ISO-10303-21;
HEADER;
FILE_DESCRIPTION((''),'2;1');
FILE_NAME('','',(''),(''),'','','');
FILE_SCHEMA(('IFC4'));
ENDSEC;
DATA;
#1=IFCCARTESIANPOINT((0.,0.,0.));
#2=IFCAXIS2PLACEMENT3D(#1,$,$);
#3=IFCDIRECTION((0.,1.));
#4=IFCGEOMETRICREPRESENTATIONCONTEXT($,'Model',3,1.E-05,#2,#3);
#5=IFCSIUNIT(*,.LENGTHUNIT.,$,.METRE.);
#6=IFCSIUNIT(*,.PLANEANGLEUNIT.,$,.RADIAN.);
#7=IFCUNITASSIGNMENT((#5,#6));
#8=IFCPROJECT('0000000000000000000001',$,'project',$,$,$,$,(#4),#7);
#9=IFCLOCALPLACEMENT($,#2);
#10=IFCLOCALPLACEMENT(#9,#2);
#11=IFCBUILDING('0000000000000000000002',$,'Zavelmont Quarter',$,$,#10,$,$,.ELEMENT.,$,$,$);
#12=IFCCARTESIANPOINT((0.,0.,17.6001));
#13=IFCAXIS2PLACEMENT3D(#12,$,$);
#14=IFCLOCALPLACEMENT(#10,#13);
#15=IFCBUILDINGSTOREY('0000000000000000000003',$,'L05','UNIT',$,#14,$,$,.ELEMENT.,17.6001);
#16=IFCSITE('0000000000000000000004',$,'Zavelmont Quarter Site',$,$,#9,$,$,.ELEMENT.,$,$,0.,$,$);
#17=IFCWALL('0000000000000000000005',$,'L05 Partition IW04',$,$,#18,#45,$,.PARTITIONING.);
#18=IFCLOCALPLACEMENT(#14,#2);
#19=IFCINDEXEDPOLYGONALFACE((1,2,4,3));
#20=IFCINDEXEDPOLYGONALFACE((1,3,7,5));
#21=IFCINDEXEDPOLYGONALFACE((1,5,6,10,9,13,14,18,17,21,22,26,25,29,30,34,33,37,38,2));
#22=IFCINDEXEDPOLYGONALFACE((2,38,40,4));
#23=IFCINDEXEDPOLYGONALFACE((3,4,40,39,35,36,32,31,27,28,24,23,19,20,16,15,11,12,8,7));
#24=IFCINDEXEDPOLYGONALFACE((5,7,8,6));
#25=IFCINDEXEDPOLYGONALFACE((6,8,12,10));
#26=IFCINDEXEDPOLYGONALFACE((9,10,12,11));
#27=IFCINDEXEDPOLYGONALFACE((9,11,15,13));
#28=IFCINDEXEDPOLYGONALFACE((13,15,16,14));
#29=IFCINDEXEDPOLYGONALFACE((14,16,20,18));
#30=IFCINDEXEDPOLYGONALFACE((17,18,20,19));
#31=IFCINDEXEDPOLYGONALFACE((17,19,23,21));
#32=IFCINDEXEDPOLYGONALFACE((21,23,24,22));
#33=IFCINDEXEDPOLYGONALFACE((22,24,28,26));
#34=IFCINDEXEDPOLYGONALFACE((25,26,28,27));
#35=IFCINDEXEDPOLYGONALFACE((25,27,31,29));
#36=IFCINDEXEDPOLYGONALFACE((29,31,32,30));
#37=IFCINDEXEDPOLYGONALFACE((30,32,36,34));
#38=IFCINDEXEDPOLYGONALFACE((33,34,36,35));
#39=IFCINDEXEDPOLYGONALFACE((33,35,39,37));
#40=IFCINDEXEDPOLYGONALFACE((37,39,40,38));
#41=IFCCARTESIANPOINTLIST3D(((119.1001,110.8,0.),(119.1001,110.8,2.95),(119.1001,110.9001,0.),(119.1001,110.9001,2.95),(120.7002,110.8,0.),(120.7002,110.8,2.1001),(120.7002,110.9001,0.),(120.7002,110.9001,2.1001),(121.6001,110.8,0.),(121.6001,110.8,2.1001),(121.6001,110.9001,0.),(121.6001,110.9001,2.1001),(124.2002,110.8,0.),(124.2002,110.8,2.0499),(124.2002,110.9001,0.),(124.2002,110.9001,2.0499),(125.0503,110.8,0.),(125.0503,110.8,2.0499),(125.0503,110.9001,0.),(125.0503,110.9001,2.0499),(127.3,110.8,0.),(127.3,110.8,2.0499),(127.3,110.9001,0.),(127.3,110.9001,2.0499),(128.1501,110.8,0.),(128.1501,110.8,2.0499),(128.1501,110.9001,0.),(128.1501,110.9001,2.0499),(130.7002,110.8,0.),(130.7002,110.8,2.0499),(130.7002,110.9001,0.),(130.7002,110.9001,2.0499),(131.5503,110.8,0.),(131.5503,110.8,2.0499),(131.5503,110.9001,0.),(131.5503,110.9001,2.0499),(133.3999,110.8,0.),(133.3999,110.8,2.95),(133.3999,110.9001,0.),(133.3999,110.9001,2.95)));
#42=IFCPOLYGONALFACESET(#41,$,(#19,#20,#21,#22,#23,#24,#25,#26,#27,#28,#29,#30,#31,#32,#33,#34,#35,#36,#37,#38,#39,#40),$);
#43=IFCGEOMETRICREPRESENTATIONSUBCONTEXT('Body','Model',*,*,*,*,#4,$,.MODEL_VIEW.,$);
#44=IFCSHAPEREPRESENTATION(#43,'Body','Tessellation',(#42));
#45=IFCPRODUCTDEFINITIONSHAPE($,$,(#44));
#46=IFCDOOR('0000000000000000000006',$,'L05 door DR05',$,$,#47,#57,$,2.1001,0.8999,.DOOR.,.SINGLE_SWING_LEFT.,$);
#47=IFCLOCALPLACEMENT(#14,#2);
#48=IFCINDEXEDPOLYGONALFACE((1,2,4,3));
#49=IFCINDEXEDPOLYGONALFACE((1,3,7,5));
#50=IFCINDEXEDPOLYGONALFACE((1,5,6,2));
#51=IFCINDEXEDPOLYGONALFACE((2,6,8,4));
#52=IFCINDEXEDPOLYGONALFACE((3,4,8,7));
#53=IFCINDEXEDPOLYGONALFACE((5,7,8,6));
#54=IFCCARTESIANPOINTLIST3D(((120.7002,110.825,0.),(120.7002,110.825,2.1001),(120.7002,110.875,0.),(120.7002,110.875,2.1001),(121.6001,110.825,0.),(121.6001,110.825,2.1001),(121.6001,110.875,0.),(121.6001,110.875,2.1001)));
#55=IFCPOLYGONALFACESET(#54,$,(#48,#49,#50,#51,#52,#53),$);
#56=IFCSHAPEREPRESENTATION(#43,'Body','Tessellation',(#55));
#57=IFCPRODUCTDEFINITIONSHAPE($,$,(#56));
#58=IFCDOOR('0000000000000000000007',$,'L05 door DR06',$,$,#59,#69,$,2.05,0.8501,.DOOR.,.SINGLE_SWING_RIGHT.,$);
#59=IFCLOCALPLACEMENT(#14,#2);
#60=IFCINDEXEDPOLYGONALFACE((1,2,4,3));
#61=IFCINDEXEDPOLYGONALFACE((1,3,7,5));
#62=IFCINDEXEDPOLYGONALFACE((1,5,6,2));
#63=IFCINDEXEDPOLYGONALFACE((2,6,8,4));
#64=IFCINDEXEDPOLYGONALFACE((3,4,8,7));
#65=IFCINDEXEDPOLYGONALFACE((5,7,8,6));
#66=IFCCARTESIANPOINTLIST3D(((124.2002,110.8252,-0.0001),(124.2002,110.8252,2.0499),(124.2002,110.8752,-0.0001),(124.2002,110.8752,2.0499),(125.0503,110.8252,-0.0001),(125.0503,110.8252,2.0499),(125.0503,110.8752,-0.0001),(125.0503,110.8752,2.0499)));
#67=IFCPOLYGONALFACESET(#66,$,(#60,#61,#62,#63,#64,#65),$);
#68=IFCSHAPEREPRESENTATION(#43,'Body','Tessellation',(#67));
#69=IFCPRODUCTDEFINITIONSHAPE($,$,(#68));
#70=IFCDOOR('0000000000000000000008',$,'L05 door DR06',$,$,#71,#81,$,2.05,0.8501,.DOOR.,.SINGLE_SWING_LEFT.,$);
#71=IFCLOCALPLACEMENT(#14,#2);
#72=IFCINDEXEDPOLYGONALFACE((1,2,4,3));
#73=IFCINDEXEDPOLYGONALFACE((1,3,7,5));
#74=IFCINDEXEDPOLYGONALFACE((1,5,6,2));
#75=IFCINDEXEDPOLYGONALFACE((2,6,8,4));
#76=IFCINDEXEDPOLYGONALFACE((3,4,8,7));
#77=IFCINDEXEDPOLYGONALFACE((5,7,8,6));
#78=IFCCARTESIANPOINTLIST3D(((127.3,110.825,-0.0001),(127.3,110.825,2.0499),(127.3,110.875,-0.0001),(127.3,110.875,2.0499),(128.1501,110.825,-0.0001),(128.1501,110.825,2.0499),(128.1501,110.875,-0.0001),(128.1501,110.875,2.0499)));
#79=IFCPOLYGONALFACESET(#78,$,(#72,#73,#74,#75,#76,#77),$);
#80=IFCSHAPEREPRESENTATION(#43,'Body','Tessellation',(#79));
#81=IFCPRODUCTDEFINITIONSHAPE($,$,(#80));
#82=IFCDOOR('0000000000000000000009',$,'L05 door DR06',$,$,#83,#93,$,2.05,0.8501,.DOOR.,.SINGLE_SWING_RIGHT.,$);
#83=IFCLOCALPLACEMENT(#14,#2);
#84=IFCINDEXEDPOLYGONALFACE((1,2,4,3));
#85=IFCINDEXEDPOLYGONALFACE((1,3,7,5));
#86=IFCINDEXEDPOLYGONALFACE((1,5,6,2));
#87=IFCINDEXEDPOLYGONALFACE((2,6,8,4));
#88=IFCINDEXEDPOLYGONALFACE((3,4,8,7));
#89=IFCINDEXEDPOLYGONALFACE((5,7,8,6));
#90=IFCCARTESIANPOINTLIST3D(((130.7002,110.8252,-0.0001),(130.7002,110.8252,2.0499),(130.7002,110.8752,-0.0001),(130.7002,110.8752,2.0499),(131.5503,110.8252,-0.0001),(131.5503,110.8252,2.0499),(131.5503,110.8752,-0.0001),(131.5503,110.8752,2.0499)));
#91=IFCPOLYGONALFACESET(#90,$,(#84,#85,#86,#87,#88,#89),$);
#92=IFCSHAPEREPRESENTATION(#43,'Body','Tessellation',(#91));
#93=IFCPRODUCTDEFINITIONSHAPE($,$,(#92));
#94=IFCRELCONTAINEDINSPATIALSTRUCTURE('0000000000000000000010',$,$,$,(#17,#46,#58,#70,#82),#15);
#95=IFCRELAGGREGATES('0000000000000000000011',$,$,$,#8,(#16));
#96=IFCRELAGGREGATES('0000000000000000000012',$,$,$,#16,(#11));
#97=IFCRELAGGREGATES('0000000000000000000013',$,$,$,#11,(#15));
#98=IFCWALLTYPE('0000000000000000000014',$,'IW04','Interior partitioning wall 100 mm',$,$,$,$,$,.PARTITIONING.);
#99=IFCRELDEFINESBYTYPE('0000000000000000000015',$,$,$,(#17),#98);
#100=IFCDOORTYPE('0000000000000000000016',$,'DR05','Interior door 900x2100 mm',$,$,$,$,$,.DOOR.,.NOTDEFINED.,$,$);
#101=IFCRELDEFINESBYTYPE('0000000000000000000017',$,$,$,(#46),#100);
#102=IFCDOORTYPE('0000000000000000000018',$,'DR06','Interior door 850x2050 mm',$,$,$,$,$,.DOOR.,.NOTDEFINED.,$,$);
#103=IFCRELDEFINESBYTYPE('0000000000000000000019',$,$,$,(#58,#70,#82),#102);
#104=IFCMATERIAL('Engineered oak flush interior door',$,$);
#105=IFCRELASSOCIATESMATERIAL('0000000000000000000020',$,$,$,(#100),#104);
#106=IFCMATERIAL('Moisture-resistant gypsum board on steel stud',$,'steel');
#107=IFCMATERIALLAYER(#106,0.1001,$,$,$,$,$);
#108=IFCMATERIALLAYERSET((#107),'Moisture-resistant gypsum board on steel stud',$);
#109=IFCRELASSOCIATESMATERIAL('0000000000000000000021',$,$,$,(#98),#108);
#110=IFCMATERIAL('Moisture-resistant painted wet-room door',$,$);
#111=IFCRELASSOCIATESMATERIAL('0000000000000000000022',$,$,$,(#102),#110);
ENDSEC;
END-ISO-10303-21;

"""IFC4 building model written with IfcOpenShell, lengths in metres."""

from ifc_helpers import new_model, si_unit, direction, frame, frame_2d, origin, origin_with_axes, place, context, subcontext, project, spatial, rectangle, extrude, material, layer, layer_set, type_object, element, fill, save


model = new_model("IFC4")

# Units and contexts
model_context = context("Model", 3, precision=1e-05, world=origin(), true_north=direction((0.0, 1.0)))
body_context = subcontext(model_context, "Body", "Model", "MODEL_VIEW")
ifc_project = project(units=[si_unit("LENGTHUNIT", "METRE"), si_unit("PLANEANGLEUNIT", "RADIAN")], contexts=[model_context])

# Site, building, storey
site_placement = place(None, origin())
site = spatial("IfcSite", under=ifc_project, at=site_placement, Name="Zavelmont Quarter Site", CompositionType="ELEMENT", RefElevation=0.0)
building_placement = place(site_placement, origin())
building = spatial("IfcBuilding", under=site, at=building_placement, Name="Zavelmont Quarter", CompositionType="ELEMENT")
storey_placement = place(building_placement, frame((0.0, 0.0, 17.6001)))
storey = spatial("IfcBuildingStorey", under=building, at=storey_placement, Name="L05", Description="UNIT", CompositionType="ELEMENT", Elevation=17.6001)

# Wall, openings, doors
ifc_material_1 = material(Name="Engineered oak flush interior door")
door_type_1 = type_object("IfcDoorType", Name="DR05", Description="Interior door 900x2100 mm", OperationType="NOTDEFINED", PredefinedType="DOOR", material=ifc_material_1)
ifc_material_2 = material(Name="Moisture-resistant gypsum board on steel stud", Category="steel")
ifc_layer_1 = layer(ifc_material_2, 0.1001)
ifc_layer_set_1 = layer_set([ifc_layer_1], Name="Moisture-resistant gypsum board on steel stud")
wall_type_1 = type_object("IfcWallType", Name="IW04", Description="Interior partitioning wall 100 mm", PredefinedType="PARTITIONING", material=ifc_layer_set_1)
wall_1_placement = place(storey_placement, frame((119.1001, 110.8501, 0.0), z_axis=(0.0, 0.0, 1.0), x_axis=(1.0, 0.0, 0.0)))
wall_1 = element("IfcWall", 1, at=wall_1_placement, inside=storey, type_object=wall_type_1, Name="L05 Partition IW04", PredefinedType="PARTITIONING", context=body_context, shape_type="SweptSolid", body=[
    extrude(rectangle(XDim=14.2998, YDim=0.1001, at=frame_2d((7.1499, 0.0))), origin(), (0.0, 0.0, 1.0), 2.95),
])
opening_1_placement = place(wall_1_placement, frame((1.6001, 0.0, 0.0)))
opening_1 = element("IfcOpeningElement", 2, at=opening_1_placement, cuts=wall_1, PredefinedType="OPENING", context=body_context, shape_type="SweptSolid", body=[
    extrude(rectangle(XDim=0.8999, YDim=2.1001, at=frame_2d((0.45, 1.05))), frame((0.0, 0.062, 0.0), z_axis=(0.0, -1.0, 0.0), x_axis=(1.0, 0.0, 0.0)), (0.0, 0.0, 1.0), 0.124),
])
opening_2_placement = place(wall_1_placement, frame((5.1001, 0.0, 0.0)))
opening_2 = element("IfcOpeningElement", 3, at=opening_2_placement, cuts=wall_1, PredefinedType="OPENING", context=body_context, shape_type="SweptSolid", body=[
    extrude(rectangle(XDim=0.8501, YDim=2.05, at=frame_2d((0.425, 1.0249))), frame((0.0, 0.062, 0.0), z_axis=(0.0, -1.0, 0.0), x_axis=(1.0, 0.0, 0.0)), (0.0, 0.0, 1.0), 0.124),
])
opening_3_placement = place(wall_1_placement, frame((8.2, 0.0, 0.0)))
opening_3 = element("IfcOpeningElement", 4, at=opening_3_placement, cuts=wall_1, PredefinedType="OPENING", context=body_context, shape_type="SweptSolid", body=[
    extrude(rectangle(XDim=0.8501, YDim=2.05, at=frame_2d((0.425, 1.0249))), frame((0.0, 0.062, 0.0), z_axis=(0.0, -1.0, 0.0), x_axis=(1.0, 0.0, 0.0)), (0.0, 0.0, 1.0), 0.124),
])
opening_4_placement = place(wall_1_placement, frame((11.6001, 0.0, 0.0)))
opening_4 = element("IfcOpeningElement", 5, at=opening_4_placement, cuts=wall_1, PredefinedType="OPENING", context=body_context, shape_type="SweptSolid", body=[
    extrude(rectangle(XDim=0.8501, YDim=2.05, at=frame_2d((0.425, 1.0249))), frame((0.0, 0.062, 0.0), z_axis=(0.0, -1.0, 0.0), x_axis=(1.0, 0.0, 0.0)), (0.0, 0.0, 1.0), 0.124),
])
door_1_placement = place(opening_1_placement, origin_with_axes())
door_1 = element("IfcDoor", 6, at=door_1_placement, inside=storey, type_object=door_type_1, Name="L05 door DR05", OperationType="SINGLE_SWING_LEFT", OverallHeight=2.1001, OverallWidth=0.8999, PredefinedType="DOOR", context=body_context, shape_type="SweptSolid", body=[
    extrude(rectangle(XDim=0.8999, YDim=2.1001, at=frame_2d((0.45, 1.05))), frame((0.0, 0.0249, 0.0), z_axis=(0.0, -1.0, 0.0), x_axis=(1.0, 0.0, 0.0)), (0.0, 0.0, 1.0), 0.05),
])
fill(opening_1, door_1)
ifc_material_3 = material(Name="Moisture-resistant painted wet-room door")
door_type_2 = type_object("IfcDoorType", Name="DR06", Description="Interior door 850x2050 mm", OperationType="NOTDEFINED", PredefinedType="DOOR", material=ifc_material_3)
door_2_placement = place(opening_2_placement, frame((0.8501, 0.0, 0.0), z_axis=(0.0, 0.0, 1.0), x_axis=(-1.0, 0.0, 0.0)))
door_2 = element("IfcDoor", 7, at=door_2_placement, inside=storey, type_object=door_type_2, Name="L05 door DR06", OperationType="SINGLE_SWING_RIGHT", OverallHeight=2.05, OverallWidth=0.8501, PredefinedType="DOOR", context=body_context, shape_type="SweptSolid", body=[
    extrude(rectangle(XDim=0.8501, YDim=2.05, at=frame_2d((0.425, 1.0249))), frame((0.0, 0.0249, 0.0), z_axis=(0.0, -1.0, 0.0), x_axis=(1.0, 0.0, 0.0)), (0.0, 0.0, 1.0), 0.05),
])
fill(opening_2, door_2)
door_3_placement = place(opening_3_placement, origin_with_axes())
door_3 = element("IfcDoor", 8, at=door_3_placement, inside=storey, type_object=door_type_2, Name="L05 door DR06", OperationType="SINGLE_SWING_LEFT", OverallHeight=2.05, OverallWidth=0.8501, PredefinedType="DOOR", context=body_context, shape_type="SweptSolid", body=[
    extrude(rectangle(XDim=0.8501, YDim=2.05, at=frame_2d((0.425, 1.0249))), frame((0.0, 0.0249, 0.0), z_axis=(0.0, -1.0, 0.0), x_axis=(1.0, 0.0, 0.0)), (0.0, 0.0, 1.0), 0.05),
])
fill(opening_3, door_3)
door_4_placement = place(opening_4_placement, frame((0.8501, 0.0, 0.0), z_axis=(0.0, 0.0, 1.0), x_axis=(-1.0, 0.0, 0.0)))
door_4 = element("IfcDoor", 9, at=door_4_placement, inside=storey, type_object=door_type_2, Name="L05 door DR06", OperationType="SINGLE_SWING_RIGHT", OverallHeight=2.05, OverallWidth=0.8501, PredefinedType="DOOR", context=body_context, shape_type="SweptSolid", body=[
    extrude(rectangle(XDim=0.8501, YDim=2.05, at=frame_2d((0.425, 1.0249))), frame((0.0, 0.0249, 0.0), z_axis=(0.0, -1.0, 0.0), x_axis=(1.0, 0.0, 0.0)), (0.0, 0.0, 1.0), 0.05),
])
fill(opening_4, door_4)

save(model, "model.ifc")
